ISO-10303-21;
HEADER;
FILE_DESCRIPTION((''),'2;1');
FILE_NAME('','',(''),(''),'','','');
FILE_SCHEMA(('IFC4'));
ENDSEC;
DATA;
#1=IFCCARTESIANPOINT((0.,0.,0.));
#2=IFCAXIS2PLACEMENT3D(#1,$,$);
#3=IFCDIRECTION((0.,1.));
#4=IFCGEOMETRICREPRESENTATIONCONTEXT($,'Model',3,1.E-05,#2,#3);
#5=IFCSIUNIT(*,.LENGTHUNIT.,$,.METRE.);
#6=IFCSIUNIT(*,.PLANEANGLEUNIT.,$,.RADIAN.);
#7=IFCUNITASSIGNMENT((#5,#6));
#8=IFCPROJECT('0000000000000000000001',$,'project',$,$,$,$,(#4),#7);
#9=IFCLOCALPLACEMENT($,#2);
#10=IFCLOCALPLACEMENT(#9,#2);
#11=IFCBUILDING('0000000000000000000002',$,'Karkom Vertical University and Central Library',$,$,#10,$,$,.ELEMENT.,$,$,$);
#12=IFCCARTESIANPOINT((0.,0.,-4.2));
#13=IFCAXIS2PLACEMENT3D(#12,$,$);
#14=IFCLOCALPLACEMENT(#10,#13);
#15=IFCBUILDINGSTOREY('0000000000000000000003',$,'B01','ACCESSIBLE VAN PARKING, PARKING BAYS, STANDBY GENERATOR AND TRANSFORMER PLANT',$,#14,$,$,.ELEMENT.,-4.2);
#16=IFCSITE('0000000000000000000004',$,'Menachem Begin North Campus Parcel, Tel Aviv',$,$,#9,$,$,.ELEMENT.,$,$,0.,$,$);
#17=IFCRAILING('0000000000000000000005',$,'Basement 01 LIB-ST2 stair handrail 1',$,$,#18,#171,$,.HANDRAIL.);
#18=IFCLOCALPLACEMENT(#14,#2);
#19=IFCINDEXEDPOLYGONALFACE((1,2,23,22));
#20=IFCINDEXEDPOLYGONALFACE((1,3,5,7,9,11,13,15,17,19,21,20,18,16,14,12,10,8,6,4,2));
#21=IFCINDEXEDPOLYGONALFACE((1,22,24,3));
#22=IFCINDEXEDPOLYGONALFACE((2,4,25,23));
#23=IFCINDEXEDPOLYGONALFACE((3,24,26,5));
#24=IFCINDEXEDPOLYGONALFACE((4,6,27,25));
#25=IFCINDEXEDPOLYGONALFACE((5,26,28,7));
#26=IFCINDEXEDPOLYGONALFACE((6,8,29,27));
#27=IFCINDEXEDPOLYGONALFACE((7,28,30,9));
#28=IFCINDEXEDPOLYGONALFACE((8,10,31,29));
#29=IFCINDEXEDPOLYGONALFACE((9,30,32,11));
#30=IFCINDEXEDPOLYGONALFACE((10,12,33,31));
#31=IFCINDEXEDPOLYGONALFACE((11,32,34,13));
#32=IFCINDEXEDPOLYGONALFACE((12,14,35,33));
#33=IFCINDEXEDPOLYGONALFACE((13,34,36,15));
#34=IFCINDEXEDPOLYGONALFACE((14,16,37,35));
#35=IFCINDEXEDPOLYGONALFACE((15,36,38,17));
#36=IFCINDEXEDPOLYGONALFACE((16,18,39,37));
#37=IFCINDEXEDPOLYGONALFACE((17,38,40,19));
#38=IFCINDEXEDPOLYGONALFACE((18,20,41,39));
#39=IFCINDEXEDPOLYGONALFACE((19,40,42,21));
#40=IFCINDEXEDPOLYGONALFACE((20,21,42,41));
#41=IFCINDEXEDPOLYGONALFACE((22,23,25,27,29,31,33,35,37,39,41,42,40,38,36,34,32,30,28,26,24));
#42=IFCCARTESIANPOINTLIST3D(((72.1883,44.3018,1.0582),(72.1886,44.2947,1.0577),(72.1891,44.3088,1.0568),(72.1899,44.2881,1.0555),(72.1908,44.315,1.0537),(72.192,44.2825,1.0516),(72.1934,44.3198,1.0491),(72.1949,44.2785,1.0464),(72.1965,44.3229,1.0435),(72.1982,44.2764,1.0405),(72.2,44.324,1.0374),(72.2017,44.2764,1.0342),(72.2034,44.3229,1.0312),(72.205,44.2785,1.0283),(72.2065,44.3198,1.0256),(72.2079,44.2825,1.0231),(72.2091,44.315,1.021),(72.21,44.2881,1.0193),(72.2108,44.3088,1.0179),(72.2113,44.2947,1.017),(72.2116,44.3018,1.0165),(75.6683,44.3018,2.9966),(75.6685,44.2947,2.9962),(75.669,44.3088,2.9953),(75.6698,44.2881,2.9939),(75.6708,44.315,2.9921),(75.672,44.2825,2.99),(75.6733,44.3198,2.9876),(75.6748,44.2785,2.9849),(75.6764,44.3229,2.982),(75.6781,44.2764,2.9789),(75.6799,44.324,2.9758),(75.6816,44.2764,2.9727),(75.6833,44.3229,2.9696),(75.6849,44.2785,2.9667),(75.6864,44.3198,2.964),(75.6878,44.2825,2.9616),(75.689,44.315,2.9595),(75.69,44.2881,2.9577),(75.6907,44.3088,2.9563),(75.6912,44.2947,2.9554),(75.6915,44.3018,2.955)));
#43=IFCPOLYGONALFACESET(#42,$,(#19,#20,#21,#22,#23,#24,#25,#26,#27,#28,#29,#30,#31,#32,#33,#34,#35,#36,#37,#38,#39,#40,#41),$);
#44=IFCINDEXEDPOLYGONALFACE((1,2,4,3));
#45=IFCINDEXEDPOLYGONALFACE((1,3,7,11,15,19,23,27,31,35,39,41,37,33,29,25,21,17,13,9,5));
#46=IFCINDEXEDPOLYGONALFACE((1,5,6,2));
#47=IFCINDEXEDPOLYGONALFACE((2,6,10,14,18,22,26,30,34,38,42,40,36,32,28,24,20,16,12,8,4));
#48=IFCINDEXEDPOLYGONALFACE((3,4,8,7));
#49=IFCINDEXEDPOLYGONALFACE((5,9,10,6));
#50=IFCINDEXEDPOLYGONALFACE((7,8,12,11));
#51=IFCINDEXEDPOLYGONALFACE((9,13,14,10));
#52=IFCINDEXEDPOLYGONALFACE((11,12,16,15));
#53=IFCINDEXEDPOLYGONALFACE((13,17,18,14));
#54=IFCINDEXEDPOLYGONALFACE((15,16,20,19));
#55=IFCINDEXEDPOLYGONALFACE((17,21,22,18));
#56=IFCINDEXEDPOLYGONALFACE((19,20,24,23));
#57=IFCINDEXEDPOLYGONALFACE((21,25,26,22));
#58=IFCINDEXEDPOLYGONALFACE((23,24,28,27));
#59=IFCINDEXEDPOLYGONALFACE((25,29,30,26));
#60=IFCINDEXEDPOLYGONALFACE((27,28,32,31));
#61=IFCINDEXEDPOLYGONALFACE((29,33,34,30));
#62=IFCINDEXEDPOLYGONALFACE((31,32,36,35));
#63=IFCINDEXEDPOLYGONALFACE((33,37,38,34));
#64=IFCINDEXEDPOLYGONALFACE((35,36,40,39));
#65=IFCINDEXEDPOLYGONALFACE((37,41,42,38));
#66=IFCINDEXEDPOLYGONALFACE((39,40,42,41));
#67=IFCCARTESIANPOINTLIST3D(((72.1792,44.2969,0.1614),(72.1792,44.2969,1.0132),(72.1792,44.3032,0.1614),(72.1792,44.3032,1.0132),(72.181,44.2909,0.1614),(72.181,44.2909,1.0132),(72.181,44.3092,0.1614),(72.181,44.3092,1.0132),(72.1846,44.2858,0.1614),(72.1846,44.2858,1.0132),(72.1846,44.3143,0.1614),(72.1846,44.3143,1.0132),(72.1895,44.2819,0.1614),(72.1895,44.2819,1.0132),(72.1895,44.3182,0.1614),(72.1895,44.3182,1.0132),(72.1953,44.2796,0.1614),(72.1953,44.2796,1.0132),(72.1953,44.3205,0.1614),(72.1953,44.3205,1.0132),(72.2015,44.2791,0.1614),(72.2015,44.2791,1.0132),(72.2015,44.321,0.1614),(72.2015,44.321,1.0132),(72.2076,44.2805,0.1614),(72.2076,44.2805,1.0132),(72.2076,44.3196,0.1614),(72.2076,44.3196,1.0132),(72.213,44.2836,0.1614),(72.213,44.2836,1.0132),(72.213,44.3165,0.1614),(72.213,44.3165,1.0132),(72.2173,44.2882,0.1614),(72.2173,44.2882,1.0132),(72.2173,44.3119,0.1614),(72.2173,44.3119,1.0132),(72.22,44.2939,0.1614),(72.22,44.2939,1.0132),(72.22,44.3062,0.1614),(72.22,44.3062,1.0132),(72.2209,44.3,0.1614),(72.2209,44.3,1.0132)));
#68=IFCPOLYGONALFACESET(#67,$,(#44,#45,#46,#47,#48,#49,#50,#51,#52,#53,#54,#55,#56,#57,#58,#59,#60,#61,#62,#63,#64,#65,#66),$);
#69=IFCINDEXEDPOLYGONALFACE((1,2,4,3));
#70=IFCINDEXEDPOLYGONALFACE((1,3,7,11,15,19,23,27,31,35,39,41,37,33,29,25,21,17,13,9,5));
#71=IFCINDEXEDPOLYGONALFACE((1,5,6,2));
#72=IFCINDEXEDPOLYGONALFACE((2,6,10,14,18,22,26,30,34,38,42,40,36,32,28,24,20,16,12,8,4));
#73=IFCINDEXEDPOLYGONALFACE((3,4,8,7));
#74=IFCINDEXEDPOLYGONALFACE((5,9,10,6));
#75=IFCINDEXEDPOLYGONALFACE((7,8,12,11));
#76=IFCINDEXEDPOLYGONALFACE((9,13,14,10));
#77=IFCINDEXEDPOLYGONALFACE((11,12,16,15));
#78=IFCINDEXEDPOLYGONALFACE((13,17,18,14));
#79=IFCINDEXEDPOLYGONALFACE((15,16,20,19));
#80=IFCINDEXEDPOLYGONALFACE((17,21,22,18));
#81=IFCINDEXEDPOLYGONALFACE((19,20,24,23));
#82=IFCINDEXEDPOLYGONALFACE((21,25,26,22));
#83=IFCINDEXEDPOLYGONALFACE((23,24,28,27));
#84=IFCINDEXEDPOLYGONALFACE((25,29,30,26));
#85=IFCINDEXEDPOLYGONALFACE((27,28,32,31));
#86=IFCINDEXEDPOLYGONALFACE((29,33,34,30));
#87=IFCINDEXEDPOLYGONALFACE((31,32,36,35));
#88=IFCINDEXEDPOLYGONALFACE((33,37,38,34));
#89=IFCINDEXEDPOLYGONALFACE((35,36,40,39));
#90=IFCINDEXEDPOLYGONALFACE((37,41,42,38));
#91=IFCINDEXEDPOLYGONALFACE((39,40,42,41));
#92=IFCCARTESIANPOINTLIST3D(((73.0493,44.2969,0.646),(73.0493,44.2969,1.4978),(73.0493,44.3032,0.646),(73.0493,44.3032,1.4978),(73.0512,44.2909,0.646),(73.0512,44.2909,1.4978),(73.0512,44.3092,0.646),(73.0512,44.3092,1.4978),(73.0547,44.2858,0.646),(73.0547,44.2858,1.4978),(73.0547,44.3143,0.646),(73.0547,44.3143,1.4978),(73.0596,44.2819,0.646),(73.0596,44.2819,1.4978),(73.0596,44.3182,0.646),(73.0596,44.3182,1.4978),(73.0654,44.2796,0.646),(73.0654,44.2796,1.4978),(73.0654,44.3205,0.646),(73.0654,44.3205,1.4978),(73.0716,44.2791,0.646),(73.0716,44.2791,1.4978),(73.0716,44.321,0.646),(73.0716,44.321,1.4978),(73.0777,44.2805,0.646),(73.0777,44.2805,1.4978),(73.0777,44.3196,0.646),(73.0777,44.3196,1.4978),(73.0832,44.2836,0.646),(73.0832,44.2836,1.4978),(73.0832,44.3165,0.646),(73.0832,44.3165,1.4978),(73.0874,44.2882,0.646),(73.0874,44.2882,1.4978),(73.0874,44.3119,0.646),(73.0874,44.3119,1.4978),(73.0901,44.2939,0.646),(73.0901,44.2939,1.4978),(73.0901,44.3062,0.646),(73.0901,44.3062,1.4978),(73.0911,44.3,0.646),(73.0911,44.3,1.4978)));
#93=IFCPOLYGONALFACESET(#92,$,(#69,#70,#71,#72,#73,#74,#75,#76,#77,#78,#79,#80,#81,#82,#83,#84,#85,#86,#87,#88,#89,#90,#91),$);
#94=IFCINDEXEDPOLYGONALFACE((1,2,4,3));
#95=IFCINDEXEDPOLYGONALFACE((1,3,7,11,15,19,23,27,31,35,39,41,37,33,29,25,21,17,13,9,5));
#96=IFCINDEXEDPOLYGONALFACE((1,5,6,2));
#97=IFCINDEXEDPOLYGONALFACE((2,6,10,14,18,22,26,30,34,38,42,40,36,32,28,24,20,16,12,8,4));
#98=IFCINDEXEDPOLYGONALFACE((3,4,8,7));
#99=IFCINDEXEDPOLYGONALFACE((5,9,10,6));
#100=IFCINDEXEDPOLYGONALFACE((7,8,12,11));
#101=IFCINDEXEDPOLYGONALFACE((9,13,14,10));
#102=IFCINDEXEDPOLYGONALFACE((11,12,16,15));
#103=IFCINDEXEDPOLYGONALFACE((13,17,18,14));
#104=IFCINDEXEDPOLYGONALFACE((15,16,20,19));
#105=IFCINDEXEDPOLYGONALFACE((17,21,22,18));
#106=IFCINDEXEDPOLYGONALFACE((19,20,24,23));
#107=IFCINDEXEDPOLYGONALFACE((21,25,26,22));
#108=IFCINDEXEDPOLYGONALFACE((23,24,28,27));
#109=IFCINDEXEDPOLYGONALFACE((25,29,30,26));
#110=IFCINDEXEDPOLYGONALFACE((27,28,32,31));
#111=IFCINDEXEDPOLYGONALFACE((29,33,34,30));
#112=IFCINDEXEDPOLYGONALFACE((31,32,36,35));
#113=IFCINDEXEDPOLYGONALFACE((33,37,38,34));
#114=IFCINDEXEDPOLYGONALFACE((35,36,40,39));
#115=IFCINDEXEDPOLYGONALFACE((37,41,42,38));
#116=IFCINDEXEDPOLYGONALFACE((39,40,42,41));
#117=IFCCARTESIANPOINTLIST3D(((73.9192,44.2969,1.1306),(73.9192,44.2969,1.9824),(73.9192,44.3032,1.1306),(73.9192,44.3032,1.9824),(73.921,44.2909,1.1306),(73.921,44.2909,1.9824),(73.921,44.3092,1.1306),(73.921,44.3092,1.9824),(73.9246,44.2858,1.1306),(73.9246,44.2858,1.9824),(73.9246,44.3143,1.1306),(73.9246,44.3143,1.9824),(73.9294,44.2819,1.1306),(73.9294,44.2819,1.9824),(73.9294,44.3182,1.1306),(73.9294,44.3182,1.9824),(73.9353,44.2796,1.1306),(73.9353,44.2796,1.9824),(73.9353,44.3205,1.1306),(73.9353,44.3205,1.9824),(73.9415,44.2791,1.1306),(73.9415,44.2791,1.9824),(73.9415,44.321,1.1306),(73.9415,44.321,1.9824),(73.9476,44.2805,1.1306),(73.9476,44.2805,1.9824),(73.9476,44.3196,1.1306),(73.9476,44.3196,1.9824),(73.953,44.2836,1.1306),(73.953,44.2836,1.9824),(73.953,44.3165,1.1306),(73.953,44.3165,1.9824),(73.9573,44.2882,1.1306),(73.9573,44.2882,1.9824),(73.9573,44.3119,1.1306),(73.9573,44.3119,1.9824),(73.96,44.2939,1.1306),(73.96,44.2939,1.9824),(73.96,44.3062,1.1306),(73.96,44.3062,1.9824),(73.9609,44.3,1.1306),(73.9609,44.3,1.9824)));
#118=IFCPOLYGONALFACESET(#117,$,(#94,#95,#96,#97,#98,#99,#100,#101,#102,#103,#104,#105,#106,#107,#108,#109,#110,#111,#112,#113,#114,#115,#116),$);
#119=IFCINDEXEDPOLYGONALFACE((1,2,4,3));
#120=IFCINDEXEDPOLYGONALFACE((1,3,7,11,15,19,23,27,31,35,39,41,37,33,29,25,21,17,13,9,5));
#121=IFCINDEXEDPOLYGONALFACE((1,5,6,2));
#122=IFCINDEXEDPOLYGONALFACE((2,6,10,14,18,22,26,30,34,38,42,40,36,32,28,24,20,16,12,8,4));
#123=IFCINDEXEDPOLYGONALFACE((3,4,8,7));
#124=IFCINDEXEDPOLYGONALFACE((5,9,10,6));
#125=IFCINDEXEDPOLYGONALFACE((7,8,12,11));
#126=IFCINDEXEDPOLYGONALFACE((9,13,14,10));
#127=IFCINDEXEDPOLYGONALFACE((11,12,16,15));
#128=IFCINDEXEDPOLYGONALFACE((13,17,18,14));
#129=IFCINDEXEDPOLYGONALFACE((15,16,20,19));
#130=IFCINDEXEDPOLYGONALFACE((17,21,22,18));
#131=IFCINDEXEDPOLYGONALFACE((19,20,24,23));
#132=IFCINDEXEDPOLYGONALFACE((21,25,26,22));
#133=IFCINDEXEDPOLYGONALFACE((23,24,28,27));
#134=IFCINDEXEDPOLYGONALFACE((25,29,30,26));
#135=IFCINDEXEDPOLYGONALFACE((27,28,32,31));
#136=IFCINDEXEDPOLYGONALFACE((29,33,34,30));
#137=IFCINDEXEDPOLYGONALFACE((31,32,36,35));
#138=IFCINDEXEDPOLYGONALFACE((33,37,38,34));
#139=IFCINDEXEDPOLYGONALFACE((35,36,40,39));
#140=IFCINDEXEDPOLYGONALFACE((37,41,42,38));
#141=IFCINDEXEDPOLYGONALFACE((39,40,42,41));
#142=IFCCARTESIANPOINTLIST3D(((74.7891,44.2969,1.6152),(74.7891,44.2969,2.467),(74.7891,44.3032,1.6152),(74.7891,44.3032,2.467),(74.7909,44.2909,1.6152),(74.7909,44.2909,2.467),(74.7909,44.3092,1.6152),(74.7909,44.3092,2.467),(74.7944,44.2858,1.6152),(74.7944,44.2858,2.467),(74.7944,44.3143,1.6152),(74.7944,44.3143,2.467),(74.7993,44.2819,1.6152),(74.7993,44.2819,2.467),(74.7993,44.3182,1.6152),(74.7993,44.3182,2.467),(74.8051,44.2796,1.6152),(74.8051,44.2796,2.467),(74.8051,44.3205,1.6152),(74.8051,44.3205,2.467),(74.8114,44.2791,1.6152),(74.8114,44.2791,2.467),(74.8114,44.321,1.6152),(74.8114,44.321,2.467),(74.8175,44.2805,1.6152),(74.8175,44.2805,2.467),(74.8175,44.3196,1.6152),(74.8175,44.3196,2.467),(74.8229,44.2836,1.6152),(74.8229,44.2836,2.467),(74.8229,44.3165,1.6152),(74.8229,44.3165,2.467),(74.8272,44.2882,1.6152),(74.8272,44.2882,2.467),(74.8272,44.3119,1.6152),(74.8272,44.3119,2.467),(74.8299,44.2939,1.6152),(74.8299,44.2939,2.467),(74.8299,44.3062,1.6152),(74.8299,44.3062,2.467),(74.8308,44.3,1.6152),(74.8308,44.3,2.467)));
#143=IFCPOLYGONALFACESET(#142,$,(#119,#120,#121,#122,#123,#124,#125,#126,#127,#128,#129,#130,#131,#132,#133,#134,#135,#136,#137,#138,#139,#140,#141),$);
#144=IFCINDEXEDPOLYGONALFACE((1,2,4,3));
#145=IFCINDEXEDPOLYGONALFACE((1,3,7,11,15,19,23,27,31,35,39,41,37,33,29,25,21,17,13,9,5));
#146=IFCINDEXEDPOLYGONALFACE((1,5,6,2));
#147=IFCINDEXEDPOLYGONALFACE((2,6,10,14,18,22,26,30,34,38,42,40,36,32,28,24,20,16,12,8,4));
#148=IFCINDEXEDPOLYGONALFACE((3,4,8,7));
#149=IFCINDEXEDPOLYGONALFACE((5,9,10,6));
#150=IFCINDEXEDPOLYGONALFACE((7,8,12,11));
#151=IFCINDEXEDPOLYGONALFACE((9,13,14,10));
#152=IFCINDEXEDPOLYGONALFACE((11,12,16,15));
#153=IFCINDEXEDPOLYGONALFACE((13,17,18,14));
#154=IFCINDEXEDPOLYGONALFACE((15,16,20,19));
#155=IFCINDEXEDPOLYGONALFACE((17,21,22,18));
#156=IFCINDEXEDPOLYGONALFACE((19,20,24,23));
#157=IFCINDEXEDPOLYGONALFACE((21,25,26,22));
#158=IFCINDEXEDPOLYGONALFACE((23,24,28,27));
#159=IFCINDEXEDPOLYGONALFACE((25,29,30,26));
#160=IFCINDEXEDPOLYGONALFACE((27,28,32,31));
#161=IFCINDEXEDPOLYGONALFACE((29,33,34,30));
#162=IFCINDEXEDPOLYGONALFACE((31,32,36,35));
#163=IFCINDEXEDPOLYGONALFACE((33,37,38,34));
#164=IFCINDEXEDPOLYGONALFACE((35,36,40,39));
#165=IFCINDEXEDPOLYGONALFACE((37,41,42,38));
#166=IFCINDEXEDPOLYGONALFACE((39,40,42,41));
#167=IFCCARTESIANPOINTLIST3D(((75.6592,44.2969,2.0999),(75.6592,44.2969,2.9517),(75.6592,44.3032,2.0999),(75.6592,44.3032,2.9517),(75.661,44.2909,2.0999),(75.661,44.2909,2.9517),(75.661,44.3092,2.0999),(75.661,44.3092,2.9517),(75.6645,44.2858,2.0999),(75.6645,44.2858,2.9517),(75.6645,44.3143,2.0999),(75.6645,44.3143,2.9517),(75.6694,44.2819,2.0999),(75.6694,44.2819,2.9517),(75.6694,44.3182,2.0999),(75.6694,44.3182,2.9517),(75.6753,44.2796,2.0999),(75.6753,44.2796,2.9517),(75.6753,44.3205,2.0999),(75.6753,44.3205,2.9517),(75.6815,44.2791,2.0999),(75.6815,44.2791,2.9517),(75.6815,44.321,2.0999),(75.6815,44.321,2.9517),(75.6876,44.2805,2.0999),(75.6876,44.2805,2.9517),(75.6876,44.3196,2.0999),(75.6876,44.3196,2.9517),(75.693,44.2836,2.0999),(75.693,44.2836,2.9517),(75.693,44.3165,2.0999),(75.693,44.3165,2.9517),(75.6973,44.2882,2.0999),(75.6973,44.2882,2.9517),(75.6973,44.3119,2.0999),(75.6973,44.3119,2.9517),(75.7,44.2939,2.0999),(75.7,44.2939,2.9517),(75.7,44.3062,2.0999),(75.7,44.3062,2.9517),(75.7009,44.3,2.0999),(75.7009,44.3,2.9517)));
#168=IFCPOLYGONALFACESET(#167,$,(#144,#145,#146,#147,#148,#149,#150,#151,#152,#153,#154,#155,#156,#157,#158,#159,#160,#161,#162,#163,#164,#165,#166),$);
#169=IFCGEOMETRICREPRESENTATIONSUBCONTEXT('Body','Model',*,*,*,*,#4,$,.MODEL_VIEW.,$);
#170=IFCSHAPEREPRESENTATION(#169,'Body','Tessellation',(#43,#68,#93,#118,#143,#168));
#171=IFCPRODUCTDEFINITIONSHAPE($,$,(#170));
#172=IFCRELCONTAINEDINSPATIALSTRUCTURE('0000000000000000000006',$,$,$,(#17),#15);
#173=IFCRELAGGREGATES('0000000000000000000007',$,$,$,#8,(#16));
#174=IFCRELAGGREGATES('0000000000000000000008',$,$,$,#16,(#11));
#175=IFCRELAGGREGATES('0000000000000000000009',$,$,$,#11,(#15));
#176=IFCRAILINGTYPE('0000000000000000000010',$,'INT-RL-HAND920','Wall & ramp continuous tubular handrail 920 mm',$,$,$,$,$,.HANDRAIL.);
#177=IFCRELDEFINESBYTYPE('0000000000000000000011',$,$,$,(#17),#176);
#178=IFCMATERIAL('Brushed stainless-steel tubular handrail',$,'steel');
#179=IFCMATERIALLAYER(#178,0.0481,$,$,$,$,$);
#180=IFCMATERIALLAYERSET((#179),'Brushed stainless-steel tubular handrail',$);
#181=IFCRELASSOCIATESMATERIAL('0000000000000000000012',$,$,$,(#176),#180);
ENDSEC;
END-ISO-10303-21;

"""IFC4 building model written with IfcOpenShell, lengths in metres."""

from ifc_helpers import new_model, si_unit, direction, frame, origin, origin_2d, place, context, subcontext, project, spatial, circle, extrude, material, layer, layer_set, type_object, element, save


model = new_model("IFC4")

# Units and contexts
model_context = context("Model", 3, precision=1e-05, world=origin(), true_north=direction((0.0, 1.0)))
body_context = subcontext(model_context, "Body", "Model", "MODEL_VIEW")
ifc_project = project(units=[si_unit("LENGTHUNIT", "METRE"), si_unit("PLANEANGLEUNIT", "RADIAN")], contexts=[model_context])

# Site, building, storey
site_placement = place(None, origin())
site = spatial("IfcSite", under=ifc_project, at=site_placement, Name="Menachem Begin North Campus Parcel, Tel Aviv", CompositionType="ELEMENT", RefElevation=0.0)
building_placement = place(site_placement, origin())
building = spatial("IfcBuilding", under=site, at=building_placement, Name="Karkom Vertical University and Central Library", CompositionType="ELEMENT")
storey_placement = place(building_placement, frame((0.0, 0.0, -4.2)))
storey = spatial("IfcBuildingStorey", under=building, at=storey_placement, Name="B01", Description="ACCESSIBLE VAN PARKING, PARKING BAYS, STANDBY GENERATOR AND TRANSFORMER PLANT", CompositionType="ELEMENT", Elevation=-4.2)

# Railing
ifc_material_1 = material(Name="Brushed stainless-steel tubular handrail", Category="steel")
ifc_layer_1 = layer(ifc_material_1, 0.0481)
ifc_layer_set_1 = layer_set([ifc_layer_1], Name="Brushed stainless-steel tubular handrail")
railing_type_1 = type_object("IfcRailingType", Name="INT-RL-HAND920", Description="Wall & ramp continuous tubular handrail 920 mm", PredefinedType="HANDRAIL", material=ifc_layer_set_1)
railing_1_placement = place(storey_placement, frame((72.2, 44.3, 0.1614)))
element("IfcRailing", 1, at=railing_1_placement, inside=storey, type_object=railing_type_1, Name="Basement 01 LIB-ST2 stair handrail 1", PredefinedType="HANDRAIL", context=body_context, shape_type="SweptSolid", body=[
    extrude(circle(Radius=0.0239, at=origin_2d()), frame((0.0, 0.0, 0.876), z_axis=(0.873607, 0.0, 0.486631), x_axis=(0.0, 1.0, 0.0)), (0.0, 0.0, 1.0), 3.9834),
    extrude(circle(Radius=0.021, at=origin_2d()), origin(), (0.0, 0.0, 1.0), 0.8518),
    extrude(circle(Radius=0.021, at=origin_2d()), frame((0.8701, 0.0, 0.4846)), (0.0, 0.0, 1.0), 0.8518),
    extrude(circle(Radius=0.021, at=origin_2d()), frame((1.74, 0.0, 0.9692)), (0.0, 0.0, 1.0), 0.8518),
    extrude(circle(Radius=0.021, at=origin_2d()), frame((2.6099, 0.0, 1.4539)), (0.0, 0.0, 1.0), 0.8518),
    extrude(circle(Radius=0.021, at=origin_2d()), frame((3.48, 0.0, 1.9385)), (0.0, 0.0, 1.0), 0.8518),
])

save(model, "model.ifc")
